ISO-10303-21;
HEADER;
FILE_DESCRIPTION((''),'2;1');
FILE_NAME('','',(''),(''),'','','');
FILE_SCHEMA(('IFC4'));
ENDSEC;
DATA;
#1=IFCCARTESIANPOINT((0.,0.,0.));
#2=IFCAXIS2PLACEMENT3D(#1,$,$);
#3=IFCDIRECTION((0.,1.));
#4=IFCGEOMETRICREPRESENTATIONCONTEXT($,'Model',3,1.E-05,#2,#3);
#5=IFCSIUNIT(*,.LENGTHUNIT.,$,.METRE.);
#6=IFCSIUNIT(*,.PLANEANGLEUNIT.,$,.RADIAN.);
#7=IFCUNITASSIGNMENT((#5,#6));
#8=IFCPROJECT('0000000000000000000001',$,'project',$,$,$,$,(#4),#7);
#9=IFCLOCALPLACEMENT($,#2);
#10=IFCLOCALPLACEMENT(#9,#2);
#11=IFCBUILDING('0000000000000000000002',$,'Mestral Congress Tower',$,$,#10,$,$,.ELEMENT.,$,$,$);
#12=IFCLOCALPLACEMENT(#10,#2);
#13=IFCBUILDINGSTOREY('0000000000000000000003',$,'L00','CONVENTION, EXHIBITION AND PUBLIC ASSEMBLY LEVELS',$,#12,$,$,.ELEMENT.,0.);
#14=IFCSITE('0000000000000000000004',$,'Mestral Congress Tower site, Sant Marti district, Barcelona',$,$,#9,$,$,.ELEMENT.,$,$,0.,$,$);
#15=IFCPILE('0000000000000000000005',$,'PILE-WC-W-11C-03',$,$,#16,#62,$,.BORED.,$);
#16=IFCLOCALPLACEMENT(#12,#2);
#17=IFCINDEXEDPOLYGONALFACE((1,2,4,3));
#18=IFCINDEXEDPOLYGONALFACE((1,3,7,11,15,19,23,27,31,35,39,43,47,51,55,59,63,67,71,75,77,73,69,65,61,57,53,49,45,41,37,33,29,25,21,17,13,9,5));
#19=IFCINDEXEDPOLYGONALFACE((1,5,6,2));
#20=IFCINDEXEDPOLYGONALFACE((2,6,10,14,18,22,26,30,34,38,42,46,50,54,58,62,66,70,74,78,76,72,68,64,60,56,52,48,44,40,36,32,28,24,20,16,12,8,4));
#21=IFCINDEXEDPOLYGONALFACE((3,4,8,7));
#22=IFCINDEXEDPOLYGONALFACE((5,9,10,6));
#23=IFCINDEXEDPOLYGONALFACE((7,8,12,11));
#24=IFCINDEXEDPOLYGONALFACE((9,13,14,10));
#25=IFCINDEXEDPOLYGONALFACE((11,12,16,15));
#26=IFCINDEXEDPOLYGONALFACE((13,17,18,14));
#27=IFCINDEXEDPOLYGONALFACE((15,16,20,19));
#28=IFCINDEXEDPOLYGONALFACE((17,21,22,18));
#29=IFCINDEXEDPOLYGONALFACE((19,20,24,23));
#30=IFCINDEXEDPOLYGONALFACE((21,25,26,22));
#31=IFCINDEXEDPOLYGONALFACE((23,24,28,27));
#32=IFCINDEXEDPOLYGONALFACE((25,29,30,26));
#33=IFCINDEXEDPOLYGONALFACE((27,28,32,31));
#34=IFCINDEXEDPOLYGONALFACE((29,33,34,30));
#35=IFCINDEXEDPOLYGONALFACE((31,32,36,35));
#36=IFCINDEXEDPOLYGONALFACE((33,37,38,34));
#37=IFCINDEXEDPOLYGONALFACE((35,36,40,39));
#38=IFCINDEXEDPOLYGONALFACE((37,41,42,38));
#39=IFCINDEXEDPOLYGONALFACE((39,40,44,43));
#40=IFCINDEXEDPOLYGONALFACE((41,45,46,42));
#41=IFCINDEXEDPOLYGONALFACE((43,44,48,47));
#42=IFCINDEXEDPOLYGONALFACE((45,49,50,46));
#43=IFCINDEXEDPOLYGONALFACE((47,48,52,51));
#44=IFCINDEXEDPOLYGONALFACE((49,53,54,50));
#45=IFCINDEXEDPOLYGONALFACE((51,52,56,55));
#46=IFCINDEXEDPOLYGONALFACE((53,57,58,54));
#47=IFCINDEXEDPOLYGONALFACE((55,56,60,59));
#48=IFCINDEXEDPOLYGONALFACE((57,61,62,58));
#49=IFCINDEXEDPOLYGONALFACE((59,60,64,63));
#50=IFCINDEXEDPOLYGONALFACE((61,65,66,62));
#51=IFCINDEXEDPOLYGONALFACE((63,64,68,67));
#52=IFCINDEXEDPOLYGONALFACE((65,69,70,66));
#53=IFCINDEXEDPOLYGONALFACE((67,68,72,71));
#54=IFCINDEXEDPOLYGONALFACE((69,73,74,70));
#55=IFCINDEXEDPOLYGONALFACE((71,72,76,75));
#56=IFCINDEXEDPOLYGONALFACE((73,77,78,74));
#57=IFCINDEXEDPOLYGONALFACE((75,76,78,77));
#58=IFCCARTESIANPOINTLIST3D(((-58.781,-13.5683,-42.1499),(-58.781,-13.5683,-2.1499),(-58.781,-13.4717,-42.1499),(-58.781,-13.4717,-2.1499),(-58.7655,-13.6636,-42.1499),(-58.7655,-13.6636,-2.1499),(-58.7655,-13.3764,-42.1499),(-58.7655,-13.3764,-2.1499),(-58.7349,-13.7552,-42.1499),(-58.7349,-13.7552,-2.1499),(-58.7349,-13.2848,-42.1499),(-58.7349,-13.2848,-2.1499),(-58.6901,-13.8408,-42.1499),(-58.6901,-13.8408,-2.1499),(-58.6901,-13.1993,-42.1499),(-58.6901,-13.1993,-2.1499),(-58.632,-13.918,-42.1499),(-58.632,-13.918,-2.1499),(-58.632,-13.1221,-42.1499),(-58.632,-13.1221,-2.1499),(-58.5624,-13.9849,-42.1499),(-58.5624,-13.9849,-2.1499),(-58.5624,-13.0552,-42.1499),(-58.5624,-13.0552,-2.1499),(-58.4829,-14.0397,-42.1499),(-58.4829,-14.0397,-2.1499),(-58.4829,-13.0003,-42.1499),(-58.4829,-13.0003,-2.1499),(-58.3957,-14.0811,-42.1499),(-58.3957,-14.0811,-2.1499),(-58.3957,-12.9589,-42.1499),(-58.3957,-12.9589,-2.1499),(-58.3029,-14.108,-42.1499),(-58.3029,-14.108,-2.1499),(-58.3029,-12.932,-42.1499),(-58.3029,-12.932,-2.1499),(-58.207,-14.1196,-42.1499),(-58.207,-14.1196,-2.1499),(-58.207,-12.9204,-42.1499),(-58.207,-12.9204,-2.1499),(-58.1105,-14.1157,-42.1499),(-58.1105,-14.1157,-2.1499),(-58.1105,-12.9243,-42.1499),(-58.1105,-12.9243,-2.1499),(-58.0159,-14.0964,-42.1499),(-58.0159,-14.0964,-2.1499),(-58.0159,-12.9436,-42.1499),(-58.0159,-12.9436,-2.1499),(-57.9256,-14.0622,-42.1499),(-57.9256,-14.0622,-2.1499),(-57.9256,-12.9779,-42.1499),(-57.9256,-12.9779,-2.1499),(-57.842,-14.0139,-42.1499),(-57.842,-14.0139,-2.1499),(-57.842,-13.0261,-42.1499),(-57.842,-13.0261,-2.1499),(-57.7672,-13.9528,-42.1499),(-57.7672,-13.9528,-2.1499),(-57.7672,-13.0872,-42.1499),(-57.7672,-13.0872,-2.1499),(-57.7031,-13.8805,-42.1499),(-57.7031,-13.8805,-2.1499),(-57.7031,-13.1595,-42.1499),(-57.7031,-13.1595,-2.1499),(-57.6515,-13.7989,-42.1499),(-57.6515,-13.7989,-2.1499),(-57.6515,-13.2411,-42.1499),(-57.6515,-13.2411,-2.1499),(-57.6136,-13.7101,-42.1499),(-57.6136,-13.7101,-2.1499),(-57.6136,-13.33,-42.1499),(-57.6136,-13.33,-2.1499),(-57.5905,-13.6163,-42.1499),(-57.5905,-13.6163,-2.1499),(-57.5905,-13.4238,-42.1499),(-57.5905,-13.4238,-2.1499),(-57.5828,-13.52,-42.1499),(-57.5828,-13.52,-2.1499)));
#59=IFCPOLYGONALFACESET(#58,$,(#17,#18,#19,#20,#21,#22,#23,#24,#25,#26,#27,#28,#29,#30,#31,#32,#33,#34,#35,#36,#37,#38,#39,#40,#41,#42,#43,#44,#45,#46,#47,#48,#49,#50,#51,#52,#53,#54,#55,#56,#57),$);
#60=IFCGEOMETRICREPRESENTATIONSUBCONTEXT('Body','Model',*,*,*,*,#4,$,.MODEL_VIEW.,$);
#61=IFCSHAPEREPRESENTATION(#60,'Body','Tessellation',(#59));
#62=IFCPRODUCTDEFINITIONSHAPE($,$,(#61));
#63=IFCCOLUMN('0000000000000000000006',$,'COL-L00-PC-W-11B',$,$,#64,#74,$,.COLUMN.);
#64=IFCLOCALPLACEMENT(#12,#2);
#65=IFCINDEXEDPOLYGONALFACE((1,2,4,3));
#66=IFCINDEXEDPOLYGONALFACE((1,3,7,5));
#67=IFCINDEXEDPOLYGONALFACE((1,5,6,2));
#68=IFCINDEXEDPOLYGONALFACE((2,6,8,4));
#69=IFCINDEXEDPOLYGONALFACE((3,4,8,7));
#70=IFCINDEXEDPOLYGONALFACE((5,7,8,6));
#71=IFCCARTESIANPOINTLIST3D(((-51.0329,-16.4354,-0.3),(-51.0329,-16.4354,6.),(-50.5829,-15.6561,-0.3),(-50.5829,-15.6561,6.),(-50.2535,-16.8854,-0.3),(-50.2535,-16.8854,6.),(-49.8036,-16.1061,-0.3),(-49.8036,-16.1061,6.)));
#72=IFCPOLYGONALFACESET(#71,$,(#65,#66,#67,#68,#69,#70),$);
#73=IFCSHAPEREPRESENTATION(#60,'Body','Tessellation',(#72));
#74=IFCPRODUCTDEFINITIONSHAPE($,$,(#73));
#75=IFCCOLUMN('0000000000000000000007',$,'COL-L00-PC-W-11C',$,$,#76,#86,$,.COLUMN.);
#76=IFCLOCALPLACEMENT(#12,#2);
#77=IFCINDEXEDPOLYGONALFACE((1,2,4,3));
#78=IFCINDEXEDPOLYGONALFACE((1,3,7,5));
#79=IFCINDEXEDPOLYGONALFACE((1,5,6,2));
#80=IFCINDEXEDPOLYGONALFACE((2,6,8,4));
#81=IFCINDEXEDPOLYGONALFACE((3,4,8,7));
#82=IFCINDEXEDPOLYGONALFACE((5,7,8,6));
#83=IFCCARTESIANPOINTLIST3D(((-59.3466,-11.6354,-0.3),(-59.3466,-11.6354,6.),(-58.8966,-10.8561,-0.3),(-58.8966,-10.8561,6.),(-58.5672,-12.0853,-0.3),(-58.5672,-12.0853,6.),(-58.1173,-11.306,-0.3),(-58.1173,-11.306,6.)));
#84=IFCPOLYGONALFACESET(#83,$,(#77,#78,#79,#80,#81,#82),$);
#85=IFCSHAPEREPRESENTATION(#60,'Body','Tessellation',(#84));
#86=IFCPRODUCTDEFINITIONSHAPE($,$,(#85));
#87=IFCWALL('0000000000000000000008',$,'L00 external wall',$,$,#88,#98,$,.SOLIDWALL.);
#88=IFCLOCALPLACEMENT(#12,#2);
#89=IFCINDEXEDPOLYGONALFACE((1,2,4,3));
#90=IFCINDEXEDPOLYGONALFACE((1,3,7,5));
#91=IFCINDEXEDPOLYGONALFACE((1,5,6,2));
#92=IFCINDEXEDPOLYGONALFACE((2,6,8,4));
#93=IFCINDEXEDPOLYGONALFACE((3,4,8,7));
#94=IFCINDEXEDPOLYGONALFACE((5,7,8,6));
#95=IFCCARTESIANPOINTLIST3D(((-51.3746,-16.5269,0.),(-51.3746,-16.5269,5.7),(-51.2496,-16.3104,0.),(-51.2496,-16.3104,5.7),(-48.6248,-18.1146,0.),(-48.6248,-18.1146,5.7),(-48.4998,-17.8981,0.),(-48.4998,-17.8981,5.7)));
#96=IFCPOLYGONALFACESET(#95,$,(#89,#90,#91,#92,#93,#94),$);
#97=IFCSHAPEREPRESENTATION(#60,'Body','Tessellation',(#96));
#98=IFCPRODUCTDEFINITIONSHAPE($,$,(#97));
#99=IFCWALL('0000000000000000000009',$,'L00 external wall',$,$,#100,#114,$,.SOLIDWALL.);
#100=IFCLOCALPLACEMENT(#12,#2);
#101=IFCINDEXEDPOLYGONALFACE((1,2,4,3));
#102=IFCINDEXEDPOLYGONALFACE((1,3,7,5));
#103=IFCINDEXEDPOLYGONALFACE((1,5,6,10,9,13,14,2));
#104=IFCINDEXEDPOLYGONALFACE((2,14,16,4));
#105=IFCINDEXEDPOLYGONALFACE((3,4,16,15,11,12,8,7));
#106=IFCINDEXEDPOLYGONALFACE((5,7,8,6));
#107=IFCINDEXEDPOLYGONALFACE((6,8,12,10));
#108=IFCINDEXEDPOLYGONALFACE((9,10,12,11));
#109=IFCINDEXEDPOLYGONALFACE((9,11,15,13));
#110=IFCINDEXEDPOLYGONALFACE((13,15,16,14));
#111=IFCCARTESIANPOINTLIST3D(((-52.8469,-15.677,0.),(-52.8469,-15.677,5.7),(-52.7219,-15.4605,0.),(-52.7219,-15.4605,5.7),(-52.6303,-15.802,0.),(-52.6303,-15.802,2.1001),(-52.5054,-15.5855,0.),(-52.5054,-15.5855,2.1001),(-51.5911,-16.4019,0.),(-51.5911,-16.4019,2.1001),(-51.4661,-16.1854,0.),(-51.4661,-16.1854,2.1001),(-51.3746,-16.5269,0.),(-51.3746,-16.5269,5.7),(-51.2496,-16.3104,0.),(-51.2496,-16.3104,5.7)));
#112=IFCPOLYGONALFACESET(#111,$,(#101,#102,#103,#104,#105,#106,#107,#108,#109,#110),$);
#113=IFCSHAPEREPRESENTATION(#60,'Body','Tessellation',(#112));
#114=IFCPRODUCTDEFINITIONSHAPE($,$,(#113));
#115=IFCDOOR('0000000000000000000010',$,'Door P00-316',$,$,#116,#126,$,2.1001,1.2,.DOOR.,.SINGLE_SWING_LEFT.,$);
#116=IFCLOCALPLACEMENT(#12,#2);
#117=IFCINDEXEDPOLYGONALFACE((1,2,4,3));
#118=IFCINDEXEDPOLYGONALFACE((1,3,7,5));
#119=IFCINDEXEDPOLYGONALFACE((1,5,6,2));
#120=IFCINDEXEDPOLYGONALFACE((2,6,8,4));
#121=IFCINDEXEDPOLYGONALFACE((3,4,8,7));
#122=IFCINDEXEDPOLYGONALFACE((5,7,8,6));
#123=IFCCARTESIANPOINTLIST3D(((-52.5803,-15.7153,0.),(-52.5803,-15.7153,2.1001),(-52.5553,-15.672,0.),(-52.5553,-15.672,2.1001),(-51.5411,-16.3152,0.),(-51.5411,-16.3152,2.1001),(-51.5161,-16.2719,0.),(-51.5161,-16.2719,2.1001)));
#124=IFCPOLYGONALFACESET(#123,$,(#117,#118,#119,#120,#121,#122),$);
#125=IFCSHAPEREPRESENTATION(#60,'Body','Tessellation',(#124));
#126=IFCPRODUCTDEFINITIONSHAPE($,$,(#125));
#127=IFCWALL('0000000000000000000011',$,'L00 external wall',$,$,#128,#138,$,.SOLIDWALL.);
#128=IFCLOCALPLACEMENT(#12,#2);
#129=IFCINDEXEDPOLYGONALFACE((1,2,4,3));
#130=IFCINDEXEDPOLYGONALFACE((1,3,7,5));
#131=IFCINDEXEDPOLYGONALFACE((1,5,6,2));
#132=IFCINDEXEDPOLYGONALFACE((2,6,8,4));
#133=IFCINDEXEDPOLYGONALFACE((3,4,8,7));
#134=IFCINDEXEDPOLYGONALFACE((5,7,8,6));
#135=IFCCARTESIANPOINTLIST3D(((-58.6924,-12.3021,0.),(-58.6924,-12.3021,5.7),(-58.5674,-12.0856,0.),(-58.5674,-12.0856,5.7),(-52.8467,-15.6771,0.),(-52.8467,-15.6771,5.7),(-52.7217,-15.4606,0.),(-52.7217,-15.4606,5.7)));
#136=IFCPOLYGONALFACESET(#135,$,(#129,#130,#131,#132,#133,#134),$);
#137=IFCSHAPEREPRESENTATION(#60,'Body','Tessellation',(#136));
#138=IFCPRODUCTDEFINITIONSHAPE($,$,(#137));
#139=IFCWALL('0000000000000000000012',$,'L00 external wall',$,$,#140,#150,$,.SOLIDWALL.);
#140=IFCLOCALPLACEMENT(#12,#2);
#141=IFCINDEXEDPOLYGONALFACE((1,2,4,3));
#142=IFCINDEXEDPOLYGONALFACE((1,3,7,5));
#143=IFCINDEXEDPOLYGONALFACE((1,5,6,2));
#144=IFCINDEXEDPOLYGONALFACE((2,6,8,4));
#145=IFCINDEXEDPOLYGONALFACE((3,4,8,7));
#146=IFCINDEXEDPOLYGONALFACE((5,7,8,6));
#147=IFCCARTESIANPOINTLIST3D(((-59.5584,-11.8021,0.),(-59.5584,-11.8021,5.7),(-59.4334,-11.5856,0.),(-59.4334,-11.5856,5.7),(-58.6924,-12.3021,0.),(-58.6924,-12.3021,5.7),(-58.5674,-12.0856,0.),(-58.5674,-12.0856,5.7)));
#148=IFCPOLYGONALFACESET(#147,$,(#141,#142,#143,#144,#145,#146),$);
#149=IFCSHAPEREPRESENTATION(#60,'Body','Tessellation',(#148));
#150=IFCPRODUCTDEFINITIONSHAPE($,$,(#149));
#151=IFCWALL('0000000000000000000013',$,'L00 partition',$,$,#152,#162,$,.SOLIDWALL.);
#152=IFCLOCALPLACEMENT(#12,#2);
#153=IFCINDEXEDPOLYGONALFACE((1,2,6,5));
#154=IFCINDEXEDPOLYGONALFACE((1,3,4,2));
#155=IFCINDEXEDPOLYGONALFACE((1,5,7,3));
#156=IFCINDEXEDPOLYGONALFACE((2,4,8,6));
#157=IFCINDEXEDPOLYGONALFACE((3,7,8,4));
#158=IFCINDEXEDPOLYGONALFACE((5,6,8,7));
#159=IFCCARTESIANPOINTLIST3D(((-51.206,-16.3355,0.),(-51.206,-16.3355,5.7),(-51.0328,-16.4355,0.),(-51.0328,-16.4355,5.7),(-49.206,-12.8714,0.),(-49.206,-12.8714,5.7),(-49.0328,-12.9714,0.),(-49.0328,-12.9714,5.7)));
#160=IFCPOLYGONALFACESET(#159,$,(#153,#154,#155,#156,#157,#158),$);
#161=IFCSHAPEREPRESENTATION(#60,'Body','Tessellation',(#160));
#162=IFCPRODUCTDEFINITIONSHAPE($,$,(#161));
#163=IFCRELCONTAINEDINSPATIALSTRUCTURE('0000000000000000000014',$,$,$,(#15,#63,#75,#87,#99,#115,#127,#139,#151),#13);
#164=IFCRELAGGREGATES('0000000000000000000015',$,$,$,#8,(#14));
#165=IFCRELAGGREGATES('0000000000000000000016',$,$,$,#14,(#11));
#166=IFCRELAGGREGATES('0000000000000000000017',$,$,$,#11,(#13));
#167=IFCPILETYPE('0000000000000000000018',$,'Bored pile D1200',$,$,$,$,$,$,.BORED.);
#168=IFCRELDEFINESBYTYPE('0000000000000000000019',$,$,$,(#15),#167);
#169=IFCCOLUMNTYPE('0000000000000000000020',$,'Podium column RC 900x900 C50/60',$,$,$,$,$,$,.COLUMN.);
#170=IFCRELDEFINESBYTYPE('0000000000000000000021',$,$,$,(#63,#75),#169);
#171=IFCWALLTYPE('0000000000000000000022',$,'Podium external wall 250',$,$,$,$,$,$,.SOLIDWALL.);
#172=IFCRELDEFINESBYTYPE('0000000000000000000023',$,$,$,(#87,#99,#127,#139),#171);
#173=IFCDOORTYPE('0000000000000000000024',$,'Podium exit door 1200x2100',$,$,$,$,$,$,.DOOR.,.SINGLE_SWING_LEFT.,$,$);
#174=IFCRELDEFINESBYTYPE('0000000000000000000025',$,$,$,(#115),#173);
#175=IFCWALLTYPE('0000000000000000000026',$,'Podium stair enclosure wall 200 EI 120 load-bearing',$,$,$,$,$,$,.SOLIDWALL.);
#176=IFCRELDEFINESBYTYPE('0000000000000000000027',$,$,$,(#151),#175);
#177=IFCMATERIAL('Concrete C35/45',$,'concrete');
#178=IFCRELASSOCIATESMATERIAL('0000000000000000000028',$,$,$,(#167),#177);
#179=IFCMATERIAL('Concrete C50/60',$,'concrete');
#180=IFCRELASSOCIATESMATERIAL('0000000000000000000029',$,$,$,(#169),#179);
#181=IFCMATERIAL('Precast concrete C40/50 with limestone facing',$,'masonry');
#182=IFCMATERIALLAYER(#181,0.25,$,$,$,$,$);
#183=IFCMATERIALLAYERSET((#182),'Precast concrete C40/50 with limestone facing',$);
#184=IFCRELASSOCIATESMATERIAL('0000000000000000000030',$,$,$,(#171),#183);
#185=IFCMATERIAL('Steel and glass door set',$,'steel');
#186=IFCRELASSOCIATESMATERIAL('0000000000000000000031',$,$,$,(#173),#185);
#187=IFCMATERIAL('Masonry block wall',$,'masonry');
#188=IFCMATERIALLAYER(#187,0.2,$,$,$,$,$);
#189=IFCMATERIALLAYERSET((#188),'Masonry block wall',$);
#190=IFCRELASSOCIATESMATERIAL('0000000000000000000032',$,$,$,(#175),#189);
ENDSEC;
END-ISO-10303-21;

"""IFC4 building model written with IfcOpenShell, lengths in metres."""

from ifc_helpers import new_model, si_unit, direction, frame, frame_2d, origin, origin_2d, place, context, subcontext, project, spatial, rectangle, circle, extrude, material, layer, layer_set, material_profile, profile_set, type_object, element, fill, save


model = new_model("IFC4")

# Units and contexts
model_context = context("Model", 3, precision=1e-05, world=origin(), true_north=direction((0.0, 1.0)))
body_context = subcontext(model_context, "Body", "Model", "MODEL_VIEW")
ifc_project = project(units=[si_unit("LENGTHUNIT", "METRE"), si_unit("PLANEANGLEUNIT", "RADIAN")], contexts=[model_context])

# Site, building, storey
site_placement = place(None, origin())
site = spatial("IfcSite", under=ifc_project, at=site_placement, Name="Mestral Congress Tower site, Sant Marti district, Barcelona", CompositionType="ELEMENT", RefElevation=0.0)
building_placement = place(site_placement, origin())
building = spatial("IfcBuilding", under=site, at=building_placement, Name="Mestral Congress Tower", CompositionType="ELEMENT")
storey_placement = place(building_placement, origin())
storey = spatial("IfcBuildingStorey", under=building, at=storey_placement, Name="L00", Description="CONVENTION, EXHIBITION AND PUBLIC ASSEMBLY LEVELS", CompositionType="ELEMENT", Elevation=0.0)

# Pile
ifc_material_1 = material(Name="Concrete C35/45", Category="concrete")
ifc_material_profile_1 = material_profile(ifc_material_1, circle(Radius=0.6001, at=origin_2d()), Name="D1200")
ifc_profile_set_1 = profile_set([ifc_material_profile_1], Name="Concrete C35/45")
pile_type = type_object("IfcPileType", Name="Bored pile D1200", PredefinedType="BORED", material=ifc_profile_set_1)
for number, where, z_axis, x_axis, name in (
    (1, (-58.1829, -13.52, -2.1499), (0.0, 0.0, -1.0), (1.0, 0.0, 0.0), "PILE-WC-W-11C-03"),
):
    element("IfcPile", number, at=place(storey_placement, frame(where, z_axis=z_axis, x_axis=x_axis)), inside=storey, type_object=pile_type, Name=name, PredefinedType="BORED", context=body_context, shape_type="SweptSolid", body=[
        extrude(circle(Radius=0.6001, at=origin_2d()), origin(), (0.0, 0.0, 1.0), 40.0),
    ])

# Columns
ifc_material_2 = material(Name="Concrete C50/60", Category="concrete")
ifc_material_profile_2 = material_profile(ifc_material_2, rectangle(XDim=0.8999, YDim=0.8999, at=origin_2d()), Name="RC 900x900")
ifc_profile_set_2 = profile_set([ifc_material_profile_2], Name="Concrete C50/60")
column_type = type_object("IfcColumnType", Name="Podium column RC 900x900 C50/60", PredefinedType="COLUMN", material=ifc_profile_set_2)
for number, where, z_axis, x_axis, name in (
    (2, (-50.4182, -16.2708, -0.3), (0.0, 0.0, 1.0), (-0.5, -0.866025, 0.0), "COL-L00-PC-W-11B"),
    (3, (-58.7319, -11.4707, -0.3), (0.0, 0.0, 1.0), (-0.5, -0.866025, 0.0), "COL-L00-PC-W-11C"),
):
    element("IfcColumn", number, at=place(storey_placement, frame(where, z_axis=z_axis, x_axis=x_axis)), inside=storey, type_object=column_type, Name=name, PredefinedType="COLUMN", context=body_context, shape_type="SweptSolid", body=[
        extrude(rectangle(XDim=0.8999, YDim=0.8999, at=origin_2d()), origin(), (0.0, 0.0, 1.0), 6.3),
    ])

# Wall
ifc_material_3 = material(Name="Precast concrete C40/50 with limestone facing", Category="masonry")
ifc_layer_1 = layer(ifc_material_3, 0.25)
ifc_layer_set_1 = layer_set([ifc_layer_1], Name="Precast concrete C40/50 with limestone facing")
wall_type_1 = type_object("IfcWallType", Name="Podium external wall 250", PredefinedType="SOLIDWALL", material=ifc_layer_set_1)
wall_1_placement = place(storey_placement, frame((-48.5623, -18.0063, 0.0), z_axis=(0.0, 0.0, 1.0), x_axis=(-0.866015, 0.500018, 0.0)))
element("IfcWall", 4, at=wall_1_placement, inside=storey, type_object=wall_type_1, Name="L00 external wall", PredefinedType="SOLIDWALL", context=body_context, shape_type="SweptSolid", body=[
    extrude(rectangle(XDim=3.1753, YDim=0.25, at=frame_2d((1.5876, 0.0))), origin(), (0.0, 0.0, 1.0), 5.7),
])

# Wall, opening, door
wall_2_placement = place(storey_placement, frame((-51.312, -16.4187, 0.0), z_axis=(0.0, 0.0, 1.0), x_axis=(-0.866052, 0.499955, 0.0)))
wall_2 = element("IfcWall", 5, at=wall_2_placement, inside=storey, type_object=wall_type_1, Name="L00 external wall", PredefinedType="SOLIDWALL", context=body_context, shape_type="SweptSolid", body=[
    extrude(rectangle(XDim=1.7, YDim=0.25, at=frame_2d((0.8501, 0.0))), origin(), (0.0, 0.0, 1.0), 5.7),
])
opening_1_placement = place(wall_2_placement, frame((0.25, 0.0, 0.0)))
opening_1 = element("IfcOpeningElement", 6, at=opening_1_placement, cuts=wall_2, PredefinedType="OPENING", context=body_context, shape_type="SweptSolid", body=[
    extrude(rectangle(XDim=1.2, YDim=2.1001, at=frame_2d((0.6001, 1.05))), frame((0.0, 0.135, 0.0), z_axis=(0.0, -1.0, 0.0), x_axis=(1.0, 0.0, 0.0)), (0.0, 0.0, 1.0), 0.27),
])
ifc_material_4 = material(Name="Steel and glass door set", Category="steel")
door_type_1 = type_object("IfcDoorType", Name="Podium exit door 1200x2100", OperationType="SINGLE_SWING_LEFT", PredefinedType="DOOR", material=ifc_material_4)
door_1_placement = place(opening_1_placement, origin())
door_1 = element("IfcDoor", 7, at=door_1_placement, inside=storey, type_object=door_type_1, Name="Door P00-316", OperationType="SINGLE_SWING_LEFT", OverallHeight=2.1001, OverallWidth=1.2, PredefinedType="DOOR", context=body_context, shape_type="SweptSolid", body=[
    extrude(rectangle(XDim=1.2, YDim=2.1001, at=frame_2d((0.6001, 1.05))), frame((0.0, 0.0249, 0.0), z_axis=(0.0, -1.0, 0.0), x_axis=(1.0, 0.0, 0.0)), (0.0, 0.0, 1.0), 0.05),
])
fill(opening_1, door_1)

# Walls
wall_3_placement = place(storey_placement, frame((-52.7842, -15.5688, 0.0), z_axis=(0.0, 0.0, 1.0), x_axis=(-0.866027, 0.499998, 0.0)))
element("IfcWall", 8, at=wall_3_placement, inside=storey, type_object=wall_type_1, Name="L00 external wall", PredefinedType="SOLIDWALL", context=body_context, shape_type="SweptSolid", body=[
    extrude(rectangle(XDim=6.75, YDim=0.25, at=frame_2d((3.375, 0.0))), origin(), (0.0, 0.0, 1.0), 5.7),
])
wall_4_placement = place(storey_placement, frame((-58.6299, -12.1938, 0.0), z_axis=(0.0, 0.0, 1.0), x_axis=(-0.866011, 0.500025, 0.0)))
element("IfcWall", 9, at=wall_4_placement, inside=storey, type_object=wall_type_1, Name="L00 external wall", PredefinedType="SOLIDWALL", context=body_context, shape_type="SweptSolid", body=[
    extrude(rectangle(XDim=1.0, YDim=0.25, at=frame_2d((0.5, 0.0))), origin(), (0.0, 0.0, 1.0), 5.7),
])
ifc_material_5 = material(Name="Masonry block wall", Category="masonry")
ifc_layer_2 = layer(ifc_material_5, 0.2)
ifc_layer_set_2 = layer_set([ifc_layer_2], Name="Masonry block wall")
wall_type_2 = type_object("IfcWallType", Name="Podium stair enclosure wall 200 EI 120 load-bearing", PredefinedType="SOLIDWALL", material=ifc_layer_set_2)
wall_5_placement = place(storey_placement, frame((-49.1194, -12.9214, 0.0), z_axis=(0.0, 0.0, 1.0), x_axis=(-0.499999, -0.866026, 0.0)))
element("IfcWall", 10, at=wall_5_placement, inside=storey, type_object=wall_type_2, Name="L00 partition", PredefinedType="SOLIDWALL", context=body_context, shape_type="SweptSolid", body=[
    extrude(rectangle(XDim=4.0, YDim=0.2, at=frame_2d((2.0, 0.0))), origin(), (0.0, 0.0, 1.0), 5.7),
])

save(model, "model.ifc")
